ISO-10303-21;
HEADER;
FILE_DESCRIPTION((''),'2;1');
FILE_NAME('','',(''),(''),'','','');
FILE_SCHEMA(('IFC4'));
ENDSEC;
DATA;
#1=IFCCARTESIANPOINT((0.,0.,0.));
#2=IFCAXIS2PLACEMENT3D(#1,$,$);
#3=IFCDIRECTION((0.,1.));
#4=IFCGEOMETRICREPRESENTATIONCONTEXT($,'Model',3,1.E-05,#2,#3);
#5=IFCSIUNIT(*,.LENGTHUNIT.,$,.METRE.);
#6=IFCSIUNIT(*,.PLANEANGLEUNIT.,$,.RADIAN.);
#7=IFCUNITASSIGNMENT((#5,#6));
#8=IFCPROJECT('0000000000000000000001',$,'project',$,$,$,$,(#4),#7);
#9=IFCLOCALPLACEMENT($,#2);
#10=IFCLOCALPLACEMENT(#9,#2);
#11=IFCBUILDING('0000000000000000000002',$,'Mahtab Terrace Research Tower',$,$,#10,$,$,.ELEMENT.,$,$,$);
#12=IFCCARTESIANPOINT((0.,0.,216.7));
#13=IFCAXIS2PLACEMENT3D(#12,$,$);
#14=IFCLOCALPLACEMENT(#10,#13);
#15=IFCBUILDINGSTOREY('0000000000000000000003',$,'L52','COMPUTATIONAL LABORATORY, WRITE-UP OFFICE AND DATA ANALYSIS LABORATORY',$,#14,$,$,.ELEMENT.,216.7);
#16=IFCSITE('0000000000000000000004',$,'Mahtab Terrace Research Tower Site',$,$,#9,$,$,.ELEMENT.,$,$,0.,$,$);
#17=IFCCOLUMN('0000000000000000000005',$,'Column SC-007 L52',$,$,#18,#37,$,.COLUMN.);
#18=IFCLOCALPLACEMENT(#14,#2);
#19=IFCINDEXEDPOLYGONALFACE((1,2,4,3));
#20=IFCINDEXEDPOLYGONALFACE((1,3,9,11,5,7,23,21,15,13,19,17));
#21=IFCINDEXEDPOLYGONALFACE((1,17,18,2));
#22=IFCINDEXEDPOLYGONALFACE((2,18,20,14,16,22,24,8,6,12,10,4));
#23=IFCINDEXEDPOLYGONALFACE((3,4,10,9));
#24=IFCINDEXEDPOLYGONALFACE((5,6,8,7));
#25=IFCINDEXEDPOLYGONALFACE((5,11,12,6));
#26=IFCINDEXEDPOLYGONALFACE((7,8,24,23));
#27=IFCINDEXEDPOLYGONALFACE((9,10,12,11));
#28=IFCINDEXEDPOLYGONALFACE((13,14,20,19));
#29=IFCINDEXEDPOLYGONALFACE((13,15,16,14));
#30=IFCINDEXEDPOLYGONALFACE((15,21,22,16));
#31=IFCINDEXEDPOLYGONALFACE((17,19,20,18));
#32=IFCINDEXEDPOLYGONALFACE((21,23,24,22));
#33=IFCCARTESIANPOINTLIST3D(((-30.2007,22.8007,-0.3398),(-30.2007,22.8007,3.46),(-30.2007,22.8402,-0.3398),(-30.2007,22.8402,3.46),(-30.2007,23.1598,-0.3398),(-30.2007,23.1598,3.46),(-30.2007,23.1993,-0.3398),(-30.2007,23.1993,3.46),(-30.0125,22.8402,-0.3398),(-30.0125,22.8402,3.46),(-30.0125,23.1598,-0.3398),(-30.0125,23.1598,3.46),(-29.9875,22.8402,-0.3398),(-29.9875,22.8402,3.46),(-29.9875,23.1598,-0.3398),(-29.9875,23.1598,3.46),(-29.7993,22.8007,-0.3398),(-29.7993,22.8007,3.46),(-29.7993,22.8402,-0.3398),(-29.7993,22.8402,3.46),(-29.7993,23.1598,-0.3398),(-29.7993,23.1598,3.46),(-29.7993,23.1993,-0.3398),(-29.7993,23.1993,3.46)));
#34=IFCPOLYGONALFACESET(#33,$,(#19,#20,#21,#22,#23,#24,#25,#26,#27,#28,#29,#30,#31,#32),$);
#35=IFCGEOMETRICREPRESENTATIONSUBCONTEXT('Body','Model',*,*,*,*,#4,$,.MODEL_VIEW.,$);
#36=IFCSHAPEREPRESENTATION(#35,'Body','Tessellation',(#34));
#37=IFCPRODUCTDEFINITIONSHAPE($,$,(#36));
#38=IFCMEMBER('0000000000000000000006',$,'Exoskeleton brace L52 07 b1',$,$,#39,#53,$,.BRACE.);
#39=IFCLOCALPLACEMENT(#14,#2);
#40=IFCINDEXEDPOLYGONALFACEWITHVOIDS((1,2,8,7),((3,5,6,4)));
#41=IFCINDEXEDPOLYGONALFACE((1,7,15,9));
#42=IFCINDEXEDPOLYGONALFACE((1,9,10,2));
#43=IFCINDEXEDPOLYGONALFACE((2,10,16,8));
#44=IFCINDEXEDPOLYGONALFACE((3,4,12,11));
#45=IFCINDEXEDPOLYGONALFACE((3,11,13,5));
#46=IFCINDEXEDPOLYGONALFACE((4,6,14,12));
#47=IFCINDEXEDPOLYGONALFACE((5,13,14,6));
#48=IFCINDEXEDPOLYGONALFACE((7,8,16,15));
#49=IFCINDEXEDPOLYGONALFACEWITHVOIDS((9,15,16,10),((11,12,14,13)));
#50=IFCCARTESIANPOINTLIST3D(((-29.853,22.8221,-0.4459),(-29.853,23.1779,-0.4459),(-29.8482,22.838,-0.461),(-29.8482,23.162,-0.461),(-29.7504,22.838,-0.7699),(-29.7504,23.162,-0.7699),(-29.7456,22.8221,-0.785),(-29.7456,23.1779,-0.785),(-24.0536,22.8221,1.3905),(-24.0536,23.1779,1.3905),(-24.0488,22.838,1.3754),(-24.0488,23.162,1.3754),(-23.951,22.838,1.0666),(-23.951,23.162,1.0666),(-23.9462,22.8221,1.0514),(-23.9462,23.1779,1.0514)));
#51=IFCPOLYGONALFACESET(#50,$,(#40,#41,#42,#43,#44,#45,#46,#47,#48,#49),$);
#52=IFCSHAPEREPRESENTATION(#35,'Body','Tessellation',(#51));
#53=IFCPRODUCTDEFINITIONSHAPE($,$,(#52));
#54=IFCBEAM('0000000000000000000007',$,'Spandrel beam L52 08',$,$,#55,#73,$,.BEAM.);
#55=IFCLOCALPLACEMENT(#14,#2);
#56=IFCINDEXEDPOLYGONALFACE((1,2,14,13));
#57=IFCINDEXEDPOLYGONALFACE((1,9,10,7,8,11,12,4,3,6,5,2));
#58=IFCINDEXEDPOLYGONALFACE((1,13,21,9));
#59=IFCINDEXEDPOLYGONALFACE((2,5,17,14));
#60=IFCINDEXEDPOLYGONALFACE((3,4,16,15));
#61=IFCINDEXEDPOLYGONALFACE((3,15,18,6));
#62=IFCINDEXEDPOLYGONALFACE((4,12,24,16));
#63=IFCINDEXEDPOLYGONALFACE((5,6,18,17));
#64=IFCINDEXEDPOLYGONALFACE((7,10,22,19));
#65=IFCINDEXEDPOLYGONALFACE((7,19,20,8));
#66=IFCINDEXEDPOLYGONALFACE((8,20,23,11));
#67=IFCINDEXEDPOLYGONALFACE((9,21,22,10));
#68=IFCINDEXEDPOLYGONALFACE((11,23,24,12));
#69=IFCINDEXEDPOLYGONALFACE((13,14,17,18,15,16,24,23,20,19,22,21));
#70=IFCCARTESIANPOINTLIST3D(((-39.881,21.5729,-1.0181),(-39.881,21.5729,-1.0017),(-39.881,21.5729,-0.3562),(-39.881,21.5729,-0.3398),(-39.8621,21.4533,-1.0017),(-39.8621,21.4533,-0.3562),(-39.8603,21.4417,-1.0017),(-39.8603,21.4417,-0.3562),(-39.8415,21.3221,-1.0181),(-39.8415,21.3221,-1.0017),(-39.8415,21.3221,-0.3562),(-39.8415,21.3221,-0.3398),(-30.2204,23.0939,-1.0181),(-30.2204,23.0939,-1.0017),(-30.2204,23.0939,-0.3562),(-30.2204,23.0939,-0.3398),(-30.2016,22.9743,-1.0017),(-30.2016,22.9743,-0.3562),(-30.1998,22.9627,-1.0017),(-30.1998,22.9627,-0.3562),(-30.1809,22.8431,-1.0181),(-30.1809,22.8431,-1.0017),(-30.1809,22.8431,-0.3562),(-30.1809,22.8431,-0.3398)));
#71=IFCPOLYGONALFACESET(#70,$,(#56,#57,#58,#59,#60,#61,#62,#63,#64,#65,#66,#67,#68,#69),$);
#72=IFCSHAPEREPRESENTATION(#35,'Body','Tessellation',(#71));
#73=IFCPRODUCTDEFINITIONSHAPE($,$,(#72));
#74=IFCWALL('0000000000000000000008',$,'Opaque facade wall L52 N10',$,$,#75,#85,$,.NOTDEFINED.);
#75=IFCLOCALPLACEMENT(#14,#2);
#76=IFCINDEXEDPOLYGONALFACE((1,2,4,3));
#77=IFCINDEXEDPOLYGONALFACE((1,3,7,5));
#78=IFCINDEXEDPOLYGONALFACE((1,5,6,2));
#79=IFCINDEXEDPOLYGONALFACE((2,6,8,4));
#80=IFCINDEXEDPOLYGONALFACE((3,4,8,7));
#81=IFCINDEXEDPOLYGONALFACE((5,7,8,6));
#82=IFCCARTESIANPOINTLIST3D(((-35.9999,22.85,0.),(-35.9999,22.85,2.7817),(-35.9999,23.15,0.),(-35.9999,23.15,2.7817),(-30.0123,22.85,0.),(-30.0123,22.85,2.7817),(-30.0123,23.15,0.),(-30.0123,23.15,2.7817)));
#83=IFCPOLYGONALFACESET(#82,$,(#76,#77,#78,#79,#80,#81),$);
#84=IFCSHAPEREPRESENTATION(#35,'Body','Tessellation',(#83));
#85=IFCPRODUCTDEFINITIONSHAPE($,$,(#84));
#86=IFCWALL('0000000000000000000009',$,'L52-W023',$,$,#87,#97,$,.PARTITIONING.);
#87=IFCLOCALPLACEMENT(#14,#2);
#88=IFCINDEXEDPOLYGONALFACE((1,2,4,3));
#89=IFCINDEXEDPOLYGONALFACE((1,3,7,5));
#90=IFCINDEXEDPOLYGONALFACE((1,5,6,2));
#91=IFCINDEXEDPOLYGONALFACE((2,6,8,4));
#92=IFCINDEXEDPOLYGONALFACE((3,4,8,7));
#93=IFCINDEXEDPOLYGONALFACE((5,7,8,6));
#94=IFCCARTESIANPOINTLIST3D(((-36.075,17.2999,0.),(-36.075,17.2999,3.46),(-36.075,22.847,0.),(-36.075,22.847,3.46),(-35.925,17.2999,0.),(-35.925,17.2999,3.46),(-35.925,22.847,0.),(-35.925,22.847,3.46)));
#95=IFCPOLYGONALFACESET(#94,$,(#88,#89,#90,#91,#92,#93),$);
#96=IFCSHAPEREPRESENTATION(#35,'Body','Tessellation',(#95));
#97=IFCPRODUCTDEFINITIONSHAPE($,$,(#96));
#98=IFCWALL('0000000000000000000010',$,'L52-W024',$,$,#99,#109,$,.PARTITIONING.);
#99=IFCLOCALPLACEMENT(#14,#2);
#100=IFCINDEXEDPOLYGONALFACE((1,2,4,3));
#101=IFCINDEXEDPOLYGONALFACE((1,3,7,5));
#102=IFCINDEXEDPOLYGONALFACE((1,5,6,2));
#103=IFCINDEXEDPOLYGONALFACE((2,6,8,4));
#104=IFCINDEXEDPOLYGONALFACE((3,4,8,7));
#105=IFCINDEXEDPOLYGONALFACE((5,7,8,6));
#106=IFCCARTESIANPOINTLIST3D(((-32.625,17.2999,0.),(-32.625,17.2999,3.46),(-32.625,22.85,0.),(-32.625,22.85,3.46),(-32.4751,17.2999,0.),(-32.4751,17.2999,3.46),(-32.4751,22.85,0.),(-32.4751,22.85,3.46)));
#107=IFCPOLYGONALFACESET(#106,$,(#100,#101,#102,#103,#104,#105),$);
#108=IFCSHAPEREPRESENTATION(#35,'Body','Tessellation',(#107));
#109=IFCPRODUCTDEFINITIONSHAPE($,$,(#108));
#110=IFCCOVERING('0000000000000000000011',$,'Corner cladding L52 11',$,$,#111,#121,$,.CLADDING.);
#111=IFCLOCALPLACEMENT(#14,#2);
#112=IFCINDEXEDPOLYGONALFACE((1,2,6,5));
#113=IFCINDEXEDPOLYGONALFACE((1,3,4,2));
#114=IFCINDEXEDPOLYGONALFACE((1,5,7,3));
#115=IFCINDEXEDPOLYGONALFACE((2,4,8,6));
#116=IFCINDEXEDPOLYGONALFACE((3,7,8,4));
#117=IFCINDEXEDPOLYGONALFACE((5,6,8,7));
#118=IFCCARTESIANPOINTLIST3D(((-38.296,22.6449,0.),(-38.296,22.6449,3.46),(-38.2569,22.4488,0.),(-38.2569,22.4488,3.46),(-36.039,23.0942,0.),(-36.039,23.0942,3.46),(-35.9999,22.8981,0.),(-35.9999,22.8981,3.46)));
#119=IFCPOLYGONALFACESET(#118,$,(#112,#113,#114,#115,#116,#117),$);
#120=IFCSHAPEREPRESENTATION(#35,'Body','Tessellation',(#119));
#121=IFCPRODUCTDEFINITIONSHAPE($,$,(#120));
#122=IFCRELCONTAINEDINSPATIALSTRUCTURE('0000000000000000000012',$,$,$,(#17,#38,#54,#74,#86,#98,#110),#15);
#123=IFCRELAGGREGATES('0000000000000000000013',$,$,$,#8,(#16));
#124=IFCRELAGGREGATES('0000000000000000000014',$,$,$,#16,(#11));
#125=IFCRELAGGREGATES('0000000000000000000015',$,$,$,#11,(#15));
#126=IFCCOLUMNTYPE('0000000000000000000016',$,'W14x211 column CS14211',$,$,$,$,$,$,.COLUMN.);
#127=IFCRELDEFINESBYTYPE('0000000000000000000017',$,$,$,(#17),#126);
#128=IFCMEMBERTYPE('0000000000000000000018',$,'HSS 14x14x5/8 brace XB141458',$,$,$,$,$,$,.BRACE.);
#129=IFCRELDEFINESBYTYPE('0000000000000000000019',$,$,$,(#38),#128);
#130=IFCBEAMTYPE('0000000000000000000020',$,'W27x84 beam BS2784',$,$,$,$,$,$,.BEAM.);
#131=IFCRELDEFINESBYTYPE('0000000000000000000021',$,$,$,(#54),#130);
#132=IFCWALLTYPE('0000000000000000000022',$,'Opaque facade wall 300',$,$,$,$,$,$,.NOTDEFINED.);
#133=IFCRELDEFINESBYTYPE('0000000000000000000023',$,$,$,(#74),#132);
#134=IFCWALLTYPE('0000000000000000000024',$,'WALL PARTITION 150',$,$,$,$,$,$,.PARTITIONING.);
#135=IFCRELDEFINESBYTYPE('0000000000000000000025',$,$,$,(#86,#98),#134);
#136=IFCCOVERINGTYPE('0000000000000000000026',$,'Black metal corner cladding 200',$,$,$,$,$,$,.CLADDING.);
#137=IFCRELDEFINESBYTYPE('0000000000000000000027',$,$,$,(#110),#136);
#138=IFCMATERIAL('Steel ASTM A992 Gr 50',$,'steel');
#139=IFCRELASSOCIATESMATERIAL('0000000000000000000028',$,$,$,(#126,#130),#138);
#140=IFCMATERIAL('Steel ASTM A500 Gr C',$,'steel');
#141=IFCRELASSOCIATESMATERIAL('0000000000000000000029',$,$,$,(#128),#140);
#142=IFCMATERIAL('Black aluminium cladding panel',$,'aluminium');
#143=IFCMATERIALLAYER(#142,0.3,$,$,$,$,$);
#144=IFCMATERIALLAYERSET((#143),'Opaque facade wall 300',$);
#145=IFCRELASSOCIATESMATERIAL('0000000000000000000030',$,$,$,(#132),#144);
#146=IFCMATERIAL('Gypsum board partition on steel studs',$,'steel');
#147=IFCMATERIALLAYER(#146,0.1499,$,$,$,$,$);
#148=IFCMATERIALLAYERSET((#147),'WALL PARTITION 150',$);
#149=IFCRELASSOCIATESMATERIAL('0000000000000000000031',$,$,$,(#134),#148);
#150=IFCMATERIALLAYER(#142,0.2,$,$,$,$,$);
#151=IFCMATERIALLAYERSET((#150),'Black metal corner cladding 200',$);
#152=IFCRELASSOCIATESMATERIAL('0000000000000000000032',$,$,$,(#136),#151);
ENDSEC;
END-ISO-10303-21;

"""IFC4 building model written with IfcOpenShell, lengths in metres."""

from ifc_helpers import new_model, si_unit, direction, frame, frame_2d, origin, origin_2d, place, context, subcontext, project, spatial, rectangle, hollow_rectangle, i_section, extrude, material, layer, layer_set, material_profile, profile_set, type_object, element, save


model = new_model("IFC4")

# Units and contexts
model_context = context("Model", 3, precision=1e-05, world=origin(), true_north=direction((0.0, 1.0)))
body_context = subcontext(model_context, "Body", "Model", "MODEL_VIEW")
ifc_project = project(units=[si_unit("LENGTHUNIT", "METRE"), si_unit("PLANEANGLEUNIT", "RADIAN")], contexts=[model_context])

# Site, building, storey
site_placement = place(None, origin())
site = spatial("IfcSite", under=ifc_project, at=site_placement, Name="Mahtab Terrace Research Tower Site", CompositionType="ELEMENT", RefElevation=0.0)
building_placement = place(site_placement, origin())
building = spatial("IfcBuilding", under=site, at=building_placement, Name="Mahtab Terrace Research Tower", CompositionType="ELEMENT")
storey_placement = place(building_placement, frame((0.0, 0.0, 216.7)))
storey = spatial("IfcBuildingStorey", under=building, at=storey_placement, Name="L52", Description="COMPUTATIONAL LABORATORY, WRITE-UP OFFICE AND DATA ANALYSIS LABORATORY", CompositionType="ELEMENT", Elevation=216.7)

# Column
ifc_material_1 = material(Name="Steel ASTM A992 Gr 50", Category="steel")
ifc_material_profile_1 = material_profile(ifc_material_1, i_section(OverallWidth=0.4014, OverallDepth=0.3987, WebThickness=0.0249, FlangeThickness=0.0396, at=origin_2d()), Name="W14X211")
ifc_profile_set_1 = profile_set([ifc_material_profile_1], Name="Steel ASTM A992 Gr 50")
column_type = type_object("IfcColumnType", Name="W14x211 column CS14211", PredefinedType="COLUMN", material=ifc_profile_set_1)
column_placement = place(storey_placement, frame((-30.0, 23.0, -0.3398), z_axis=(0.0, 0.0, 1.0), x_axis=(1.0, 0.0, 0.0)))
element("IfcColumn", 1, at=column_placement, inside=storey, type_object=column_type, Name="Column SC-007 L52", PredefinedType="COLUMN", context=body_context, shape_type="SweptSolid", body=[
    extrude(i_section(OverallWidth=0.4014, OverallDepth=0.3987, WebThickness=0.0249, FlangeThickness=0.0396, at=origin_2d()), origin(), (0.0, 0.0, 1.0), 3.7998),
])

# Member
ifc_material_2 = material(Name="Steel ASTM A500 Gr C", Category="steel")
ifc_material_profile_2 = material_profile(ifc_material_2, hollow_rectangle(XDim=0.3557, YDim=0.3557, WallThickness=0.0159, at=origin_2d()), Name="HSS14X14X5/8")
ifc_profile_set_2 = profile_set([ifc_material_profile_2], Name="Steel ASTM A500 Gr C")
member_type = type_object("IfcMemberType", Name="HSS 14x14x5/8 brace XB141458", PredefinedType="BRACE", material=ifc_profile_set_2)
member_placement = place(storey_placement, frame((-29.7993, 23.0, -0.6155), z_axis=(0.953343, 0.0, 0.301888), x_axis=(0.0, 1.0, 0.0)))
element("IfcMember", 2, at=member_placement, inside=storey, type_object=member_type, Name="Exoskeleton brace L52 07 b1", PredefinedType="BRACE", context=body_context, shape_type="SweptSolid", body=[
    extrude(hollow_rectangle(XDim=0.3557, YDim=0.3557, WallThickness=0.0159, at=origin_2d()), origin(), (0.0, 0.0, 1.0), 6.0833),
])

# Beam
ifc_material_profile_3 = material_profile(ifc_material_1, i_section(OverallWidth=0.2539, OverallDepth=0.6782, WebThickness=0.0117, FlangeThickness=0.0164, at=origin_2d()), Name="W27X84")
ifc_profile_set_3 = profile_set([ifc_material_profile_3], Name="Steel ASTM A992 Gr 50")
beam_type = type_object("IfcBeamType", Name="W27x84 beam BS2784", PredefinedType="BEAM", material=ifc_profile_set_3)
beam_placement = place(storey_placement, frame((-30.2007, 22.9685, -0.679), z_axis=(-0.987832, -0.155527, 0.0), x_axis=(0.155527, -0.987832, 0.0)))
element("IfcBeam", 3, at=beam_placement, inside=storey, type_object=beam_type, Name="Spandrel beam L52 08", PredefinedType="BEAM", context=body_context, shape_type="SweptSolid", body=[
    extrude(i_section(OverallWidth=0.2539, OverallDepth=0.6782, WebThickness=0.0117, FlangeThickness=0.0164, at=origin_2d()), origin(), (0.0, 0.0, 1.0), 9.7795),
])

# Walls
ifc_material_3 = material(Name="Black aluminium cladding panel", Category="aluminium")
ifc_layer_1 = layer(ifc_material_3, 0.3)
ifc_layer_set_1 = layer_set([ifc_layer_1], Name="Opaque facade wall 300")
wall_type_1 = type_object("IfcWallType", Name="Opaque facade wall 300", PredefinedType="NOTDEFINED", material=ifc_layer_set_1)
wall_1_placement = place(storey_placement, frame((-30.0125, 23.0, 0.0), z_axis=(0.0, 0.0, 1.0), x_axis=(-1.0, 0.0, 0.0)))
element("IfcWall", 4, at=wall_1_placement, inside=storey, type_object=wall_type_1, Name="Opaque facade wall L52 N10", PredefinedType="NOTDEFINED", context=body_context, shape_type="SweptSolid", body=[
    extrude(rectangle(XDim=5.9875, YDim=0.3, at=frame_2d((2.9937, 0.0))), origin(), (0.0, 0.0, 1.0), 2.7817),
])
ifc_material_4 = material(Name="Gypsum board partition on steel studs", Category="steel")
ifc_layer_2 = layer(ifc_material_4, 0.1499)
ifc_layer_set_2 = layer_set([ifc_layer_2], Name="WALL PARTITION 150")
wall_type_2 = type_object("IfcWallType", Name="WALL PARTITION 150", PredefinedType="PARTITIONING", material=ifc_layer_set_2)
wall_2_placement = place(storey_placement, frame((-36.0, 17.3, 0.0), z_axis=(0.0, 0.0, 1.0), x_axis=(0.0, 1.0, 0.0)))
element("IfcWall", 5, at=wall_2_placement, inside=storey, type_object=wall_type_2, Name="L52-W023", PredefinedType="PARTITIONING", context=body_context, shape_type="SweptSolid", body=[
    extrude(rectangle(XDim=5.5471, YDim=0.1499, at=frame_2d((2.7734, 0.0))), origin(), (0.0, 0.0, 1.0), 3.46),
])
wall_3_placement = place(storey_placement, frame((-32.55, 17.3, 0.0), z_axis=(0.0, 0.0, 1.0), x_axis=(0.0, 1.0, 0.0)))
element("IfcWall", 6, at=wall_3_placement, inside=storey, type_object=wall_type_2, Name="L52-W024", PredefinedType="PARTITIONING", context=body_context, shape_type="SweptSolid", body=[
    extrude(rectangle(XDim=5.55, YDim=0.1499, at=frame_2d((2.7749, 0.0))), origin(), (0.0, 0.0, 1.0), 3.46),
])

# Covering
ifc_layer_3 = layer(ifc_material_3, 0.2)
ifc_layer_set_3 = layer_set([ifc_layer_3], Name="Black metal corner cladding 200")
covering_type = type_object("IfcCoveringType", Name="Black metal corner cladding 200", PredefinedType="CLADDING", material=ifc_layer_set_3)
covering_placement = place(storey_placement, frame((-37.1479, 22.7715, 0.0), z_axis=(0.0, 0.0, 1.0), x_axis=(-0.980761, -0.195212, 0.0)))
element("IfcCovering", 7, at=covering_placement, inside=storey, type_object=covering_type, Name="Corner cladding L52 11", PredefinedType="CLADDING", context=body_context, shape_type="SweptSolid", body=[
    extrude(rectangle(XDim=2.3013, YDim=0.2, at=origin_2d()), origin(), (0.0, 0.0, 1.0), 3.46),
])

save(model, "model.ifc")
